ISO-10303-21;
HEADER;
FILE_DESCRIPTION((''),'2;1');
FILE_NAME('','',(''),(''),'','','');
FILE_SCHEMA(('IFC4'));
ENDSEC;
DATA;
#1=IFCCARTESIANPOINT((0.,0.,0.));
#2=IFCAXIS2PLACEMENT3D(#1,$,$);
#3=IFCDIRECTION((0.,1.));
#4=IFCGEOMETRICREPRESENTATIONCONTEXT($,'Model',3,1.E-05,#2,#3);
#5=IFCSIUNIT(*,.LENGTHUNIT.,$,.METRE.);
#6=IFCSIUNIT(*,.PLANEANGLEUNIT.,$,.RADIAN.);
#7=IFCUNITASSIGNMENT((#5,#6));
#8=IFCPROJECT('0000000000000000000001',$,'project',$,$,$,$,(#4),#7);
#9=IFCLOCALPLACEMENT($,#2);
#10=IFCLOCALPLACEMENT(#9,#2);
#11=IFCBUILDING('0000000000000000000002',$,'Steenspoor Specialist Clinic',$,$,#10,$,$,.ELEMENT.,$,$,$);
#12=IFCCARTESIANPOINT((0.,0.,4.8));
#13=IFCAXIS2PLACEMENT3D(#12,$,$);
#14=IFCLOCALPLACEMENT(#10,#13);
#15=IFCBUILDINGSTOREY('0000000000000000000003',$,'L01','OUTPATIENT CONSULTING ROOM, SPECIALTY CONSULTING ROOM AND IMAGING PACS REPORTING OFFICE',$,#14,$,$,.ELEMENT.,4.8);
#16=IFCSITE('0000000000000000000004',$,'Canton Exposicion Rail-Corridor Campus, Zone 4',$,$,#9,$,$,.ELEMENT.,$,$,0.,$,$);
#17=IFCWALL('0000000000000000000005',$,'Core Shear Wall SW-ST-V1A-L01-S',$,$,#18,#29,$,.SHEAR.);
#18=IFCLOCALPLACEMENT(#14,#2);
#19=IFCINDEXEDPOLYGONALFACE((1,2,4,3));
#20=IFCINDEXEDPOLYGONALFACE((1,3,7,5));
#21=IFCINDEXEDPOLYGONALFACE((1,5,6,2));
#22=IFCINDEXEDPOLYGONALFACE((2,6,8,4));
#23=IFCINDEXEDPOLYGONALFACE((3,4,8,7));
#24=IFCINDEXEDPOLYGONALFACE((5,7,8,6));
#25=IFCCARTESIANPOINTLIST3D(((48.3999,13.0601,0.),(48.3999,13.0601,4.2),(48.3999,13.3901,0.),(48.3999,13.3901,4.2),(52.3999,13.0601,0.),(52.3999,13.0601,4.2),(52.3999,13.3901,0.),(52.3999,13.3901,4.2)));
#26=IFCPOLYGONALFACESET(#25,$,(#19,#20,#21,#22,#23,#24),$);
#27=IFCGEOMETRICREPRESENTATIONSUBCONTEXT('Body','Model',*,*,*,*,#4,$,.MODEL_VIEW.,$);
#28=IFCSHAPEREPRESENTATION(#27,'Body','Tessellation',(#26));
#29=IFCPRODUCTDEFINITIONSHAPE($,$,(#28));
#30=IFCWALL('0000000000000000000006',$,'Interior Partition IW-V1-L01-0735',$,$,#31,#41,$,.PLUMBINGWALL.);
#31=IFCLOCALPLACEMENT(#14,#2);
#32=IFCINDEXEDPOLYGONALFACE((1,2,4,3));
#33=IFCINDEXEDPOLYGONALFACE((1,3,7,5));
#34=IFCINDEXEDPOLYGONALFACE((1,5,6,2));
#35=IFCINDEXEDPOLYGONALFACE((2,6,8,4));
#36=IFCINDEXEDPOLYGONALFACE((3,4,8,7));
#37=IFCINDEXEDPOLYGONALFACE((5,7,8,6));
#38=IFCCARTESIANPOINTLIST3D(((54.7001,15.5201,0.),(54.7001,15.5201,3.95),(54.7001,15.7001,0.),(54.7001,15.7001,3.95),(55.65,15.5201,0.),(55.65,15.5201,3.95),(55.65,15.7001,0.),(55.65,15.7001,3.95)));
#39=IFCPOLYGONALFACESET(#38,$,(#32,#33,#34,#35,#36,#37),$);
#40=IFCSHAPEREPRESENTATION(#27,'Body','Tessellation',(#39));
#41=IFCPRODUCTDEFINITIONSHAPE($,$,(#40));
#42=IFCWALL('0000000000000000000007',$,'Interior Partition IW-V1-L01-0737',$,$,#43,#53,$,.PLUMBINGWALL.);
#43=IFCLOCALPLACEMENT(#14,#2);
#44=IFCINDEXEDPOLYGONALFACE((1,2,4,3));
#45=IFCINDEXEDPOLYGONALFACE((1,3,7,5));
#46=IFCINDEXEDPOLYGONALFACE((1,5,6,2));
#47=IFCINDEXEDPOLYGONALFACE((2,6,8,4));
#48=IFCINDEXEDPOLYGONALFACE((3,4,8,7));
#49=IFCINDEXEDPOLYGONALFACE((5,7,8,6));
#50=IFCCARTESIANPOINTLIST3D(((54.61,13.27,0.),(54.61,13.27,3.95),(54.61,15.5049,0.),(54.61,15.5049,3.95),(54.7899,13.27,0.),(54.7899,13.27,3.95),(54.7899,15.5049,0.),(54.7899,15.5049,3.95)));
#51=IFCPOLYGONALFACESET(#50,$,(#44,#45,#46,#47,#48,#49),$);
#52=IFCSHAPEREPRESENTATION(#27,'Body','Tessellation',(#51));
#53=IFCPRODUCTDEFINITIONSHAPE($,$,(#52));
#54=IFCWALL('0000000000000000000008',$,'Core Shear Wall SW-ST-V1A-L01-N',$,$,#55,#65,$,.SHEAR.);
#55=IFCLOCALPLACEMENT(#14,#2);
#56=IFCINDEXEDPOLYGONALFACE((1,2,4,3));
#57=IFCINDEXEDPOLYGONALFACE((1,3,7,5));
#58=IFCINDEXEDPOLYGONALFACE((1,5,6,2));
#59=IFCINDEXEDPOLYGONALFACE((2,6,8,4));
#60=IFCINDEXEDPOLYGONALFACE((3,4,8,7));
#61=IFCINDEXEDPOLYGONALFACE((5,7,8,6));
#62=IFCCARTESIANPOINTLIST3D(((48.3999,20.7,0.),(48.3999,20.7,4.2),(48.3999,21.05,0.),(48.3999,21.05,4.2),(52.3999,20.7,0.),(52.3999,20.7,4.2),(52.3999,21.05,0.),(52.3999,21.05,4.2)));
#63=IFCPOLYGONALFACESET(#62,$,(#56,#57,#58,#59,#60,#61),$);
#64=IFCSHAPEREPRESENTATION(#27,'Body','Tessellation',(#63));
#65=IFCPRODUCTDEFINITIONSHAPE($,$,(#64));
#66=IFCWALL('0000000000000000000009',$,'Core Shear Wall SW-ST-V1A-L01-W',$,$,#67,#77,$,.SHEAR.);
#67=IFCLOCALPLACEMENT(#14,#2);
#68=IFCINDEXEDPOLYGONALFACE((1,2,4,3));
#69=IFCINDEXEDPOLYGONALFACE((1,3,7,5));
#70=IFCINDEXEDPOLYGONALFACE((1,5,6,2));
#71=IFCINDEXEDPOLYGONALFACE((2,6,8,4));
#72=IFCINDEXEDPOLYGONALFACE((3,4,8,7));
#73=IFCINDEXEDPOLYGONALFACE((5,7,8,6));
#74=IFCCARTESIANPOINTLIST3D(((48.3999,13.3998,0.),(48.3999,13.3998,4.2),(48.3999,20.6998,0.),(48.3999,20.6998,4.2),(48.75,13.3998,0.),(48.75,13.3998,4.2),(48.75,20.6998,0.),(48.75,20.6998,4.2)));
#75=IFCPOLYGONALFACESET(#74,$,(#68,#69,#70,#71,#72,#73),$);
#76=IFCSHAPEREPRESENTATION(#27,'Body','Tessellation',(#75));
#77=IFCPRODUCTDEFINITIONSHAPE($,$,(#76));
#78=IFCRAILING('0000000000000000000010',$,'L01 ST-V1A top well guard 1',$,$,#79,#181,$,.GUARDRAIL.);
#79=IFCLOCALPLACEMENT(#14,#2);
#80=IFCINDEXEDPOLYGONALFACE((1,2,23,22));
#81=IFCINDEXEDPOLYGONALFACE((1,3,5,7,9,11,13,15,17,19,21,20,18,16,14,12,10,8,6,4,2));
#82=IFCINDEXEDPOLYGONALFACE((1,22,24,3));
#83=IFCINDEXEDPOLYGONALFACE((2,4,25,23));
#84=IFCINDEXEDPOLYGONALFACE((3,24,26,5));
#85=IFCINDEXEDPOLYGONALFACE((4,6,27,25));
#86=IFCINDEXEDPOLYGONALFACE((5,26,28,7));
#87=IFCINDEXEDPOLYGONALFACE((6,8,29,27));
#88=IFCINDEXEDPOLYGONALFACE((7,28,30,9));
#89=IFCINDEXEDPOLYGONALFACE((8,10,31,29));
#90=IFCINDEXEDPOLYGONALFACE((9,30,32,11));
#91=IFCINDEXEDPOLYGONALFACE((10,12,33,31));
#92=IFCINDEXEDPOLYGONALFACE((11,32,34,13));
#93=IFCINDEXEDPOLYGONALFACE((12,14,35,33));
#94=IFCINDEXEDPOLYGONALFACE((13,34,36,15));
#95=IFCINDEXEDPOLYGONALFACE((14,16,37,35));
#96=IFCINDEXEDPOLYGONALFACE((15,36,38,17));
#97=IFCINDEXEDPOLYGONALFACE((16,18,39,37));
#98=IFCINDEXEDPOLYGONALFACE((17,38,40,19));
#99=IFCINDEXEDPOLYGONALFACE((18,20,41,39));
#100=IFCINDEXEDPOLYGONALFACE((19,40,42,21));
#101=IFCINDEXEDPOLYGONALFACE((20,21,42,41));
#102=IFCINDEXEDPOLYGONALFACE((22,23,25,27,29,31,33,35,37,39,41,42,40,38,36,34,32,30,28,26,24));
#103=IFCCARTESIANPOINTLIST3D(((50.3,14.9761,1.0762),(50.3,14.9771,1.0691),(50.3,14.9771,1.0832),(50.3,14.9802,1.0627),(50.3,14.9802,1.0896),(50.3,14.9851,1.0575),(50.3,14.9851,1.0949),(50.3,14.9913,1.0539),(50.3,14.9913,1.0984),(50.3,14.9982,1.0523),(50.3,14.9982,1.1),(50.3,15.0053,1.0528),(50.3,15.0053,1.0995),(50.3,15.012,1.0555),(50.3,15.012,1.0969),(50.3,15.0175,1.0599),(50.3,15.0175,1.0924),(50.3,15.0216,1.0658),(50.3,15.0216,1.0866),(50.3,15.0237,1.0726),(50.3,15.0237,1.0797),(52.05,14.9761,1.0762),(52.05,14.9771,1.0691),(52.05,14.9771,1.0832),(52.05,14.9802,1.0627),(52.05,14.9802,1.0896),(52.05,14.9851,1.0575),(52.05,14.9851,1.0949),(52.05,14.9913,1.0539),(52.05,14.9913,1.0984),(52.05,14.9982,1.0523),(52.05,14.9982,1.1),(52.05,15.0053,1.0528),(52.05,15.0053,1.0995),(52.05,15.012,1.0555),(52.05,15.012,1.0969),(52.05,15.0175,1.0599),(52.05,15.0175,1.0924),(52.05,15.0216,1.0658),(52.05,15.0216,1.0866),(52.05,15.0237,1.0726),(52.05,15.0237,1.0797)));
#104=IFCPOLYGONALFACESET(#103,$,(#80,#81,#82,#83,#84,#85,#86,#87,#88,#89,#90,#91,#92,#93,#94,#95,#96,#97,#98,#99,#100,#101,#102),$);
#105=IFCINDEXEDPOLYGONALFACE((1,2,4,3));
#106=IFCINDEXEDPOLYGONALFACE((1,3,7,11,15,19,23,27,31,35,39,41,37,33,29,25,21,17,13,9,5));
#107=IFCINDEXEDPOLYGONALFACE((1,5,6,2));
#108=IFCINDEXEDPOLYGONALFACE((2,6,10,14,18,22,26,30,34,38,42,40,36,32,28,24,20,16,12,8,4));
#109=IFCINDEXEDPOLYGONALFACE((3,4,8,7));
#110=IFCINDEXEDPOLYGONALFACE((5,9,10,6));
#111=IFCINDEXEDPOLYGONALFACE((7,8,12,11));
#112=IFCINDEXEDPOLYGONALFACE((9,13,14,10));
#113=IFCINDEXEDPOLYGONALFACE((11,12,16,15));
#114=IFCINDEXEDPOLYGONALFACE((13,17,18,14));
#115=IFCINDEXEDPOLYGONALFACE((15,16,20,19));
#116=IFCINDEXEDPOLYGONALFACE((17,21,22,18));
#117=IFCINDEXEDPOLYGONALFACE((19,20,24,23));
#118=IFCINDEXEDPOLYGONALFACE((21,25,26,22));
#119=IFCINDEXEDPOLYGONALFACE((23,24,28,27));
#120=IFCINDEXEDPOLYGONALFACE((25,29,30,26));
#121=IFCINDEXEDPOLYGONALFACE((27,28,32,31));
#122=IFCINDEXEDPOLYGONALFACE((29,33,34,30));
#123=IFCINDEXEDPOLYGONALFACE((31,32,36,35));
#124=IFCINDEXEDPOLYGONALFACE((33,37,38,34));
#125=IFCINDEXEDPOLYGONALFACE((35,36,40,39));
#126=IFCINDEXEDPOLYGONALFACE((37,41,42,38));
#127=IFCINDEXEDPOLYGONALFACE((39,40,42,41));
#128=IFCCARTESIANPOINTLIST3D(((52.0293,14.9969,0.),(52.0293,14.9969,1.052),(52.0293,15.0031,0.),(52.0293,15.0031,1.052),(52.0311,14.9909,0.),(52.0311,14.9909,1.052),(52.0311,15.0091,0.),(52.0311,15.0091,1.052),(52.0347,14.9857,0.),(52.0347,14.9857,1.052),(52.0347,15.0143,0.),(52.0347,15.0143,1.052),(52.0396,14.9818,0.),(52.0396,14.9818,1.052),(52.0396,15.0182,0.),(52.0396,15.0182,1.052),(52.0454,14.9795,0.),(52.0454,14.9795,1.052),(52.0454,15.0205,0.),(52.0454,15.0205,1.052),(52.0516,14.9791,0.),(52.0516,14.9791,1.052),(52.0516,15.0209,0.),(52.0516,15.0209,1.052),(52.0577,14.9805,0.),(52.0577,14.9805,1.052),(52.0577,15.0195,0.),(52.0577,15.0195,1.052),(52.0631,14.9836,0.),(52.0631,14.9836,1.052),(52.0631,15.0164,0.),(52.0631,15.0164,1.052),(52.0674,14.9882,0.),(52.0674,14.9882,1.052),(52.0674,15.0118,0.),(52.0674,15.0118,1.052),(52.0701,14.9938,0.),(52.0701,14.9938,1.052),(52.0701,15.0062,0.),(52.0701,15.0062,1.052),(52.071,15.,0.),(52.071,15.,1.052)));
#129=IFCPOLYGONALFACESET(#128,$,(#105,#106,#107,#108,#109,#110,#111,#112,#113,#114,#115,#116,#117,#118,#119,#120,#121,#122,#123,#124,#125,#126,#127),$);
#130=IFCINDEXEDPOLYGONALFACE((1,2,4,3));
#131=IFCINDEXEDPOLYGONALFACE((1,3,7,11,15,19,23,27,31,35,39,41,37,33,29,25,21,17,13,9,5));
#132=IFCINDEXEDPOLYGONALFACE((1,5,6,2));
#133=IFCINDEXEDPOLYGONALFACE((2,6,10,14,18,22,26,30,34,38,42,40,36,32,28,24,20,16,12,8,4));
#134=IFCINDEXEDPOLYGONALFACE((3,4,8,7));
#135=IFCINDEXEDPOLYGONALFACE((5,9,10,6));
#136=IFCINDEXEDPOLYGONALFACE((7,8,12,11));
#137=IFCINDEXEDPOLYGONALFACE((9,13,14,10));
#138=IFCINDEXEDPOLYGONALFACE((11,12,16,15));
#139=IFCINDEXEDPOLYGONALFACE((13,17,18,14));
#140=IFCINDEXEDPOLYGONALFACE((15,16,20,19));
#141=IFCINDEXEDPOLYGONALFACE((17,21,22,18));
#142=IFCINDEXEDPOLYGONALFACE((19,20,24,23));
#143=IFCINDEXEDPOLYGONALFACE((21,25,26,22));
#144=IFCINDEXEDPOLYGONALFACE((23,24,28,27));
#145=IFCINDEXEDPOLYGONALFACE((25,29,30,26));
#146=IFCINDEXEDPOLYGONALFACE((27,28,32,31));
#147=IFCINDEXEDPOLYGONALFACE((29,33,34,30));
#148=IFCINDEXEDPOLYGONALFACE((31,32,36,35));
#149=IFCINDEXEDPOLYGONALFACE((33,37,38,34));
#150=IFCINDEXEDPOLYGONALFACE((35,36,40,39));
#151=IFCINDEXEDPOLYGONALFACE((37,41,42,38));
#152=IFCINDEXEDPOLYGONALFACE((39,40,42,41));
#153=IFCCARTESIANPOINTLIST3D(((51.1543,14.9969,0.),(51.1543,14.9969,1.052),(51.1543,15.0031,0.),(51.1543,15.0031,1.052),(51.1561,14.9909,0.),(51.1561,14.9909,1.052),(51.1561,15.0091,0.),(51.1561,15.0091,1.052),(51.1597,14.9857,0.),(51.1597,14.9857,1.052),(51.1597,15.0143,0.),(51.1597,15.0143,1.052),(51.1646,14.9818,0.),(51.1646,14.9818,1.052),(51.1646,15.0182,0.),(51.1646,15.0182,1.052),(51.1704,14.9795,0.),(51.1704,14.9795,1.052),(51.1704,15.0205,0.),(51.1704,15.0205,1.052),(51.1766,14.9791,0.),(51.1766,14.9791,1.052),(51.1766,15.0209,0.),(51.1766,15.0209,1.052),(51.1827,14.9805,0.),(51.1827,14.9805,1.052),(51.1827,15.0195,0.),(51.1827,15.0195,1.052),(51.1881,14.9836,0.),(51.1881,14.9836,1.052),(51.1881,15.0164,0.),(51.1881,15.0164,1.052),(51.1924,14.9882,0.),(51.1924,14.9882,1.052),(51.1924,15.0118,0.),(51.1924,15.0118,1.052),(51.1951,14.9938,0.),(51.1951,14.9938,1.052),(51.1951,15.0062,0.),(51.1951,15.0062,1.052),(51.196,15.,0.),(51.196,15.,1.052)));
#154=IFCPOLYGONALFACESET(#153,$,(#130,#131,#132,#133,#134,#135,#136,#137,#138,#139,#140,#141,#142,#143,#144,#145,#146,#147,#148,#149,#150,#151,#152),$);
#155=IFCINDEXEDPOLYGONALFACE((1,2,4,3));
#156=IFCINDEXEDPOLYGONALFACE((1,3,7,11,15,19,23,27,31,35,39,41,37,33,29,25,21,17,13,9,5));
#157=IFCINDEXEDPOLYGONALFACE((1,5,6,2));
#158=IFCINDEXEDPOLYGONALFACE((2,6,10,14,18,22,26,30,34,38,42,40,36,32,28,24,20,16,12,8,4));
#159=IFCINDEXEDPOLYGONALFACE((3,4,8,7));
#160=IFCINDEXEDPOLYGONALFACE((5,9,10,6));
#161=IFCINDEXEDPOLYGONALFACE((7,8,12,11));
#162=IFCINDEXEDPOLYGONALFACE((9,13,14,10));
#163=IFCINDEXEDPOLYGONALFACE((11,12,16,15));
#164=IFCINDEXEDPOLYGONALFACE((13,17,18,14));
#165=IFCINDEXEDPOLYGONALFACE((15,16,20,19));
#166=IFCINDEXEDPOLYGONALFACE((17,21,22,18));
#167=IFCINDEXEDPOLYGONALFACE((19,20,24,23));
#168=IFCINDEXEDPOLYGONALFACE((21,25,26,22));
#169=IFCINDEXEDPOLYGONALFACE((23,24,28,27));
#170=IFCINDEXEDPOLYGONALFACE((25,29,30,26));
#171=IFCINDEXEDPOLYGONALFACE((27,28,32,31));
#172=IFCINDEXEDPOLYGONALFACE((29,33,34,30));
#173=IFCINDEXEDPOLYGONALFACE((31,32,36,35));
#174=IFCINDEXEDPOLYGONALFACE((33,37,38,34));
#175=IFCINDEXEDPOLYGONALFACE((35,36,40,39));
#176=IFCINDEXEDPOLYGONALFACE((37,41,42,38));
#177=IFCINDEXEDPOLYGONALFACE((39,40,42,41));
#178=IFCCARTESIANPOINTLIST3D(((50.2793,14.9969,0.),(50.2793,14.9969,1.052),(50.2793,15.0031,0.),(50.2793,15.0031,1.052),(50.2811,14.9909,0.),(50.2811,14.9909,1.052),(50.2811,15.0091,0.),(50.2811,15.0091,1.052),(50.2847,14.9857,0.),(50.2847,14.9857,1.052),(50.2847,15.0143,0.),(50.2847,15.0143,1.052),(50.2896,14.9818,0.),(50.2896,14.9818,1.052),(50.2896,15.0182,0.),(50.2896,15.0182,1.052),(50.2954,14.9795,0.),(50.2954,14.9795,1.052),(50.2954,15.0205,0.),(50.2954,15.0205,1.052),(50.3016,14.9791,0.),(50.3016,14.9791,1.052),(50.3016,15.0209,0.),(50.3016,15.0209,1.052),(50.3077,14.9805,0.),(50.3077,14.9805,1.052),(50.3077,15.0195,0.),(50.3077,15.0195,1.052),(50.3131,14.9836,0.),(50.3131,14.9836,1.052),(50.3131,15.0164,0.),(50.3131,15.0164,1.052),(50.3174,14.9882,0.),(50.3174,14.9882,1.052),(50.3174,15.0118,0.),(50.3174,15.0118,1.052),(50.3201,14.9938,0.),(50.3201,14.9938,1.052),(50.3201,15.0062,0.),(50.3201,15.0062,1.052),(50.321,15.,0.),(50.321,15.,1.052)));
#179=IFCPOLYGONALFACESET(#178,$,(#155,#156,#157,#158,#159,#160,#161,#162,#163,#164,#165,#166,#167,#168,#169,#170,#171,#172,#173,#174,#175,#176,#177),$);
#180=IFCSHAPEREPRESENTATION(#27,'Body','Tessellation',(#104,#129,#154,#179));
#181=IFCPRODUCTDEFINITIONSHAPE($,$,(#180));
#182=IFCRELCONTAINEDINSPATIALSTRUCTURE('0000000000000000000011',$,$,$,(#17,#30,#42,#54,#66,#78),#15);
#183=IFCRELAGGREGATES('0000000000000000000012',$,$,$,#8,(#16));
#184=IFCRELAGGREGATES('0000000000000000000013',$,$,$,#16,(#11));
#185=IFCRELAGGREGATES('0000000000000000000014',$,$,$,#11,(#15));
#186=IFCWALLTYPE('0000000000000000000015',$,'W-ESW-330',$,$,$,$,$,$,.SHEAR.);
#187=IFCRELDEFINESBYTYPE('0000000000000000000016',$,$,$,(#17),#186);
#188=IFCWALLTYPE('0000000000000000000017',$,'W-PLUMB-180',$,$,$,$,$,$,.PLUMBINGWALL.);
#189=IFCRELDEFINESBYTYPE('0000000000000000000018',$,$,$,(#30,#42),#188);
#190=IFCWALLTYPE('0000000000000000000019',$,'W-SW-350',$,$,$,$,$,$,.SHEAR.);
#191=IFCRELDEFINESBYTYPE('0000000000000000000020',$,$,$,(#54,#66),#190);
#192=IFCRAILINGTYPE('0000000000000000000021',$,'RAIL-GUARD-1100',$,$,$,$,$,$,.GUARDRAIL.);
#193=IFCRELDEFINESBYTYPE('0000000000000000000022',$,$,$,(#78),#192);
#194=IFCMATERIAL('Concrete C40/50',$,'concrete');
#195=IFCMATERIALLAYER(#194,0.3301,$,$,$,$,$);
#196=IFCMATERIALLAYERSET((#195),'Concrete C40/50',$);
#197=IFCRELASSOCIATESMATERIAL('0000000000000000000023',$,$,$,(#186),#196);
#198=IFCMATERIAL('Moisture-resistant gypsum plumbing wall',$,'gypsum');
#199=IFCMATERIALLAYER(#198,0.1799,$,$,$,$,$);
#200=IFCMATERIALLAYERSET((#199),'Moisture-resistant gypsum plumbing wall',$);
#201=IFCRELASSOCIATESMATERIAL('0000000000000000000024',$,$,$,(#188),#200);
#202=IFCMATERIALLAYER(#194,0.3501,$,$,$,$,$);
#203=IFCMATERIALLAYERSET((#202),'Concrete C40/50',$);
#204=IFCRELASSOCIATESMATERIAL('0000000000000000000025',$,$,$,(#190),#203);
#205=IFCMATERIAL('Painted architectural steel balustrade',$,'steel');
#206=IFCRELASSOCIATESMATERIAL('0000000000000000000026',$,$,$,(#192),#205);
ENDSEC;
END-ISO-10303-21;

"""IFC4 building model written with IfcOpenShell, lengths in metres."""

from ifc_helpers import new_model, si_unit, direction, frame, frame_2d, origin, origin_2d, place, context, subcontext, project, spatial, rectangle, circle, extrude, material, layer, layer_set, type_object, element, save


model = new_model("IFC4")

# Units and contexts
model_context = context("Model", 3, precision=1e-05, world=origin(), true_north=direction((0.0, 1.0)))
body_context = subcontext(model_context, "Body", "Model", "MODEL_VIEW")
ifc_project = project(units=[si_unit("LENGTHUNIT", "METRE"), si_unit("PLANEANGLEUNIT", "RADIAN")], contexts=[model_context])

# Site, building, storey
site_placement = place(None, origin())
site = spatial("IfcSite", under=ifc_project, at=site_placement, Name="Canton Exposicion Rail-Corridor Campus, Zone 4", CompositionType="ELEMENT", RefElevation=0.0)
building_placement = place(site_placement, origin())
building = spatial("IfcBuilding", under=site, at=building_placement, Name="Steenspoor Specialist Clinic", CompositionType="ELEMENT")
storey_placement = place(building_placement, frame((0.0, 0.0, 4.8)))
storey = spatial("IfcBuildingStorey", under=building, at=storey_placement, Name="L01", Description="OUTPATIENT CONSULTING ROOM, SPECIALTY CONSULTING ROOM AND IMAGING PACS REPORTING OFFICE", CompositionType="ELEMENT", Elevation=4.8)

# Shared definitions
ifc_material_1 = material(Name="Concrete C40/50", Category="concrete")

# Walls
ifc_layer_1 = layer(ifc_material_1, 0.3301)
ifc_layer_set_1 = layer_set([ifc_layer_1], Name="Concrete C40/50")
wall_type_1 = type_object("IfcWallType", Name="W-ESW-330", PredefinedType="SHEAR", material=ifc_layer_set_1)
wall_1_placement = place(storey_placement, frame((48.3999, 13.2251, 0.0), z_axis=(0.0, 0.0, 1.0), x_axis=(1.0, 0.0, 0.0)))
element("IfcWall", 1, at=wall_1_placement, inside=storey, type_object=wall_type_1, Name="Core Shear Wall SW-ST-V1A-L01-S", PredefinedType="SHEAR", context=body_context, shape_type="SweptSolid", body=[
    extrude(rectangle(XDim=4.0, YDim=0.3301, at=frame_2d((2.0, 0.0))), origin(), (0.0, 0.0, 1.0), 4.2),
])
ifc_material_2 = material(Name="Moisture-resistant gypsum plumbing wall", Category="gypsum")
ifc_layer_2 = layer(ifc_material_2, 0.1799)
ifc_layer_set_2 = layer_set([ifc_layer_2], Name="Moisture-resistant gypsum plumbing wall")
wall_type_2 = type_object("IfcWallType", Name="W-PLUMB-180", PredefinedType="PLUMBINGWALL", material=ifc_layer_set_2)
wall_2_placement = place(storey_placement, frame((54.7, 15.6101, 0.0), z_axis=(0.0, 0.0, 1.0), x_axis=(1.0, 0.0, 0.0)))
element("IfcWall", 2, at=wall_2_placement, inside=storey, type_object=wall_type_2, Name="Interior Partition IW-V1-L01-0735", PredefinedType="PLUMBINGWALL", context=body_context, shape_type="SweptSolid", body=[
    extrude(rectangle(XDim=0.95, YDim=0.1799, at=frame_2d((0.4751, 0.0))), origin(), (0.0, 0.0, 1.0), 3.95),
])
wall_3_placement = place(storey_placement, frame((54.7, 13.27, 0.0), z_axis=(0.0, 0.0, 1.0), x_axis=(0.0, 1.0, 0.0)))
element("IfcWall", 3, at=wall_3_placement, inside=storey, type_object=wall_type_2, Name="Interior Partition IW-V1-L01-0737", PredefinedType="PLUMBINGWALL", context=body_context, shape_type="SweptSolid", body=[
    extrude(rectangle(XDim=2.2349, YDim=0.1799, at=frame_2d((1.1174, 0.0))), origin(), (0.0, 0.0, 1.0), 3.95),
])
ifc_layer_3 = layer(ifc_material_1, 0.3501)
ifc_layer_set_3 = layer_set([ifc_layer_3], Name="Concrete C40/50")
wall_type_3 = type_object("IfcWallType", Name="W-SW-350", PredefinedType="SHEAR", material=ifc_layer_set_3)
wall_4_placement = place(storey_placement, frame((48.3999, 20.875, 0.0), z_axis=(0.0, 0.0, 1.0), x_axis=(1.0, 0.0, 0.0)))
element("IfcWall", 4, at=wall_4_placement, inside=storey, type_object=wall_type_3, Name="Core Shear Wall SW-ST-V1A-L01-N", PredefinedType="SHEAR", context=body_context, shape_type="SweptSolid", body=[
    extrude(rectangle(XDim=4.0, YDim=0.3501, at=frame_2d((2.0, 0.0))), origin(), (0.0, 0.0, 1.0), 4.2),
])
wall_5_placement = place(storey_placement, frame((48.575, 13.3999, 0.0), z_axis=(0.0, 0.0, 1.0), x_axis=(0.0, 1.0, 0.0)))
element("IfcWall", 5, at=wall_5_placement, inside=storey, type_object=wall_type_3, Name="Core Shear Wall SW-ST-V1A-L01-W", PredefinedType="SHEAR", context=body_context, shape_type="SweptSolid", body=[
    extrude(rectangle(XDim=7.3, YDim=0.3501, at=frame_2d((3.6499, 0.0))), origin(), (0.0, 0.0, 1.0), 4.2),
])

# Railing
ifc_material_3 = material(Name="Painted architectural steel balustrade", Category="steel")
railing_type = type_object("IfcRailingType", Name="RAIL-GUARD-1100", PredefinedType="GUARDRAIL", material=ifc_material_3)
railing_1_placement = place(storey_placement, frame((52.05, 15.0, 0.0)))
element("IfcRailing", 6, at=railing_1_placement, inside=storey, type_object=railing_type, Name="L01 ST-V1A top well guard 1", PredefinedType="GUARDRAIL", context=body_context, shape_type="SweptSolid", body=[
    extrude(circle(Radius=0.0239, at=origin_2d()), frame((0.0, 0.0, 1.0762), z_axis=(-1.0, 0.0, 0.0), x_axis=(0.0, -1.0, 0.0)), (0.0, 0.0, 1.0), 1.75),
    extrude(circle(Radius=0.021, at=origin_2d()), origin(), (0.0, 0.0, 1.0), 1.052),
    extrude(circle(Radius=0.021, at=origin_2d()), frame((-0.875, 0.0, 0.0)), (0.0, 0.0, 1.0), 1.052),
    extrude(circle(Radius=0.021, at=origin_2d()), frame((-1.75, 0.0, 0.0)), (0.0, 0.0, 1.0), 1.052),
])

save(model, "model.ifc")
